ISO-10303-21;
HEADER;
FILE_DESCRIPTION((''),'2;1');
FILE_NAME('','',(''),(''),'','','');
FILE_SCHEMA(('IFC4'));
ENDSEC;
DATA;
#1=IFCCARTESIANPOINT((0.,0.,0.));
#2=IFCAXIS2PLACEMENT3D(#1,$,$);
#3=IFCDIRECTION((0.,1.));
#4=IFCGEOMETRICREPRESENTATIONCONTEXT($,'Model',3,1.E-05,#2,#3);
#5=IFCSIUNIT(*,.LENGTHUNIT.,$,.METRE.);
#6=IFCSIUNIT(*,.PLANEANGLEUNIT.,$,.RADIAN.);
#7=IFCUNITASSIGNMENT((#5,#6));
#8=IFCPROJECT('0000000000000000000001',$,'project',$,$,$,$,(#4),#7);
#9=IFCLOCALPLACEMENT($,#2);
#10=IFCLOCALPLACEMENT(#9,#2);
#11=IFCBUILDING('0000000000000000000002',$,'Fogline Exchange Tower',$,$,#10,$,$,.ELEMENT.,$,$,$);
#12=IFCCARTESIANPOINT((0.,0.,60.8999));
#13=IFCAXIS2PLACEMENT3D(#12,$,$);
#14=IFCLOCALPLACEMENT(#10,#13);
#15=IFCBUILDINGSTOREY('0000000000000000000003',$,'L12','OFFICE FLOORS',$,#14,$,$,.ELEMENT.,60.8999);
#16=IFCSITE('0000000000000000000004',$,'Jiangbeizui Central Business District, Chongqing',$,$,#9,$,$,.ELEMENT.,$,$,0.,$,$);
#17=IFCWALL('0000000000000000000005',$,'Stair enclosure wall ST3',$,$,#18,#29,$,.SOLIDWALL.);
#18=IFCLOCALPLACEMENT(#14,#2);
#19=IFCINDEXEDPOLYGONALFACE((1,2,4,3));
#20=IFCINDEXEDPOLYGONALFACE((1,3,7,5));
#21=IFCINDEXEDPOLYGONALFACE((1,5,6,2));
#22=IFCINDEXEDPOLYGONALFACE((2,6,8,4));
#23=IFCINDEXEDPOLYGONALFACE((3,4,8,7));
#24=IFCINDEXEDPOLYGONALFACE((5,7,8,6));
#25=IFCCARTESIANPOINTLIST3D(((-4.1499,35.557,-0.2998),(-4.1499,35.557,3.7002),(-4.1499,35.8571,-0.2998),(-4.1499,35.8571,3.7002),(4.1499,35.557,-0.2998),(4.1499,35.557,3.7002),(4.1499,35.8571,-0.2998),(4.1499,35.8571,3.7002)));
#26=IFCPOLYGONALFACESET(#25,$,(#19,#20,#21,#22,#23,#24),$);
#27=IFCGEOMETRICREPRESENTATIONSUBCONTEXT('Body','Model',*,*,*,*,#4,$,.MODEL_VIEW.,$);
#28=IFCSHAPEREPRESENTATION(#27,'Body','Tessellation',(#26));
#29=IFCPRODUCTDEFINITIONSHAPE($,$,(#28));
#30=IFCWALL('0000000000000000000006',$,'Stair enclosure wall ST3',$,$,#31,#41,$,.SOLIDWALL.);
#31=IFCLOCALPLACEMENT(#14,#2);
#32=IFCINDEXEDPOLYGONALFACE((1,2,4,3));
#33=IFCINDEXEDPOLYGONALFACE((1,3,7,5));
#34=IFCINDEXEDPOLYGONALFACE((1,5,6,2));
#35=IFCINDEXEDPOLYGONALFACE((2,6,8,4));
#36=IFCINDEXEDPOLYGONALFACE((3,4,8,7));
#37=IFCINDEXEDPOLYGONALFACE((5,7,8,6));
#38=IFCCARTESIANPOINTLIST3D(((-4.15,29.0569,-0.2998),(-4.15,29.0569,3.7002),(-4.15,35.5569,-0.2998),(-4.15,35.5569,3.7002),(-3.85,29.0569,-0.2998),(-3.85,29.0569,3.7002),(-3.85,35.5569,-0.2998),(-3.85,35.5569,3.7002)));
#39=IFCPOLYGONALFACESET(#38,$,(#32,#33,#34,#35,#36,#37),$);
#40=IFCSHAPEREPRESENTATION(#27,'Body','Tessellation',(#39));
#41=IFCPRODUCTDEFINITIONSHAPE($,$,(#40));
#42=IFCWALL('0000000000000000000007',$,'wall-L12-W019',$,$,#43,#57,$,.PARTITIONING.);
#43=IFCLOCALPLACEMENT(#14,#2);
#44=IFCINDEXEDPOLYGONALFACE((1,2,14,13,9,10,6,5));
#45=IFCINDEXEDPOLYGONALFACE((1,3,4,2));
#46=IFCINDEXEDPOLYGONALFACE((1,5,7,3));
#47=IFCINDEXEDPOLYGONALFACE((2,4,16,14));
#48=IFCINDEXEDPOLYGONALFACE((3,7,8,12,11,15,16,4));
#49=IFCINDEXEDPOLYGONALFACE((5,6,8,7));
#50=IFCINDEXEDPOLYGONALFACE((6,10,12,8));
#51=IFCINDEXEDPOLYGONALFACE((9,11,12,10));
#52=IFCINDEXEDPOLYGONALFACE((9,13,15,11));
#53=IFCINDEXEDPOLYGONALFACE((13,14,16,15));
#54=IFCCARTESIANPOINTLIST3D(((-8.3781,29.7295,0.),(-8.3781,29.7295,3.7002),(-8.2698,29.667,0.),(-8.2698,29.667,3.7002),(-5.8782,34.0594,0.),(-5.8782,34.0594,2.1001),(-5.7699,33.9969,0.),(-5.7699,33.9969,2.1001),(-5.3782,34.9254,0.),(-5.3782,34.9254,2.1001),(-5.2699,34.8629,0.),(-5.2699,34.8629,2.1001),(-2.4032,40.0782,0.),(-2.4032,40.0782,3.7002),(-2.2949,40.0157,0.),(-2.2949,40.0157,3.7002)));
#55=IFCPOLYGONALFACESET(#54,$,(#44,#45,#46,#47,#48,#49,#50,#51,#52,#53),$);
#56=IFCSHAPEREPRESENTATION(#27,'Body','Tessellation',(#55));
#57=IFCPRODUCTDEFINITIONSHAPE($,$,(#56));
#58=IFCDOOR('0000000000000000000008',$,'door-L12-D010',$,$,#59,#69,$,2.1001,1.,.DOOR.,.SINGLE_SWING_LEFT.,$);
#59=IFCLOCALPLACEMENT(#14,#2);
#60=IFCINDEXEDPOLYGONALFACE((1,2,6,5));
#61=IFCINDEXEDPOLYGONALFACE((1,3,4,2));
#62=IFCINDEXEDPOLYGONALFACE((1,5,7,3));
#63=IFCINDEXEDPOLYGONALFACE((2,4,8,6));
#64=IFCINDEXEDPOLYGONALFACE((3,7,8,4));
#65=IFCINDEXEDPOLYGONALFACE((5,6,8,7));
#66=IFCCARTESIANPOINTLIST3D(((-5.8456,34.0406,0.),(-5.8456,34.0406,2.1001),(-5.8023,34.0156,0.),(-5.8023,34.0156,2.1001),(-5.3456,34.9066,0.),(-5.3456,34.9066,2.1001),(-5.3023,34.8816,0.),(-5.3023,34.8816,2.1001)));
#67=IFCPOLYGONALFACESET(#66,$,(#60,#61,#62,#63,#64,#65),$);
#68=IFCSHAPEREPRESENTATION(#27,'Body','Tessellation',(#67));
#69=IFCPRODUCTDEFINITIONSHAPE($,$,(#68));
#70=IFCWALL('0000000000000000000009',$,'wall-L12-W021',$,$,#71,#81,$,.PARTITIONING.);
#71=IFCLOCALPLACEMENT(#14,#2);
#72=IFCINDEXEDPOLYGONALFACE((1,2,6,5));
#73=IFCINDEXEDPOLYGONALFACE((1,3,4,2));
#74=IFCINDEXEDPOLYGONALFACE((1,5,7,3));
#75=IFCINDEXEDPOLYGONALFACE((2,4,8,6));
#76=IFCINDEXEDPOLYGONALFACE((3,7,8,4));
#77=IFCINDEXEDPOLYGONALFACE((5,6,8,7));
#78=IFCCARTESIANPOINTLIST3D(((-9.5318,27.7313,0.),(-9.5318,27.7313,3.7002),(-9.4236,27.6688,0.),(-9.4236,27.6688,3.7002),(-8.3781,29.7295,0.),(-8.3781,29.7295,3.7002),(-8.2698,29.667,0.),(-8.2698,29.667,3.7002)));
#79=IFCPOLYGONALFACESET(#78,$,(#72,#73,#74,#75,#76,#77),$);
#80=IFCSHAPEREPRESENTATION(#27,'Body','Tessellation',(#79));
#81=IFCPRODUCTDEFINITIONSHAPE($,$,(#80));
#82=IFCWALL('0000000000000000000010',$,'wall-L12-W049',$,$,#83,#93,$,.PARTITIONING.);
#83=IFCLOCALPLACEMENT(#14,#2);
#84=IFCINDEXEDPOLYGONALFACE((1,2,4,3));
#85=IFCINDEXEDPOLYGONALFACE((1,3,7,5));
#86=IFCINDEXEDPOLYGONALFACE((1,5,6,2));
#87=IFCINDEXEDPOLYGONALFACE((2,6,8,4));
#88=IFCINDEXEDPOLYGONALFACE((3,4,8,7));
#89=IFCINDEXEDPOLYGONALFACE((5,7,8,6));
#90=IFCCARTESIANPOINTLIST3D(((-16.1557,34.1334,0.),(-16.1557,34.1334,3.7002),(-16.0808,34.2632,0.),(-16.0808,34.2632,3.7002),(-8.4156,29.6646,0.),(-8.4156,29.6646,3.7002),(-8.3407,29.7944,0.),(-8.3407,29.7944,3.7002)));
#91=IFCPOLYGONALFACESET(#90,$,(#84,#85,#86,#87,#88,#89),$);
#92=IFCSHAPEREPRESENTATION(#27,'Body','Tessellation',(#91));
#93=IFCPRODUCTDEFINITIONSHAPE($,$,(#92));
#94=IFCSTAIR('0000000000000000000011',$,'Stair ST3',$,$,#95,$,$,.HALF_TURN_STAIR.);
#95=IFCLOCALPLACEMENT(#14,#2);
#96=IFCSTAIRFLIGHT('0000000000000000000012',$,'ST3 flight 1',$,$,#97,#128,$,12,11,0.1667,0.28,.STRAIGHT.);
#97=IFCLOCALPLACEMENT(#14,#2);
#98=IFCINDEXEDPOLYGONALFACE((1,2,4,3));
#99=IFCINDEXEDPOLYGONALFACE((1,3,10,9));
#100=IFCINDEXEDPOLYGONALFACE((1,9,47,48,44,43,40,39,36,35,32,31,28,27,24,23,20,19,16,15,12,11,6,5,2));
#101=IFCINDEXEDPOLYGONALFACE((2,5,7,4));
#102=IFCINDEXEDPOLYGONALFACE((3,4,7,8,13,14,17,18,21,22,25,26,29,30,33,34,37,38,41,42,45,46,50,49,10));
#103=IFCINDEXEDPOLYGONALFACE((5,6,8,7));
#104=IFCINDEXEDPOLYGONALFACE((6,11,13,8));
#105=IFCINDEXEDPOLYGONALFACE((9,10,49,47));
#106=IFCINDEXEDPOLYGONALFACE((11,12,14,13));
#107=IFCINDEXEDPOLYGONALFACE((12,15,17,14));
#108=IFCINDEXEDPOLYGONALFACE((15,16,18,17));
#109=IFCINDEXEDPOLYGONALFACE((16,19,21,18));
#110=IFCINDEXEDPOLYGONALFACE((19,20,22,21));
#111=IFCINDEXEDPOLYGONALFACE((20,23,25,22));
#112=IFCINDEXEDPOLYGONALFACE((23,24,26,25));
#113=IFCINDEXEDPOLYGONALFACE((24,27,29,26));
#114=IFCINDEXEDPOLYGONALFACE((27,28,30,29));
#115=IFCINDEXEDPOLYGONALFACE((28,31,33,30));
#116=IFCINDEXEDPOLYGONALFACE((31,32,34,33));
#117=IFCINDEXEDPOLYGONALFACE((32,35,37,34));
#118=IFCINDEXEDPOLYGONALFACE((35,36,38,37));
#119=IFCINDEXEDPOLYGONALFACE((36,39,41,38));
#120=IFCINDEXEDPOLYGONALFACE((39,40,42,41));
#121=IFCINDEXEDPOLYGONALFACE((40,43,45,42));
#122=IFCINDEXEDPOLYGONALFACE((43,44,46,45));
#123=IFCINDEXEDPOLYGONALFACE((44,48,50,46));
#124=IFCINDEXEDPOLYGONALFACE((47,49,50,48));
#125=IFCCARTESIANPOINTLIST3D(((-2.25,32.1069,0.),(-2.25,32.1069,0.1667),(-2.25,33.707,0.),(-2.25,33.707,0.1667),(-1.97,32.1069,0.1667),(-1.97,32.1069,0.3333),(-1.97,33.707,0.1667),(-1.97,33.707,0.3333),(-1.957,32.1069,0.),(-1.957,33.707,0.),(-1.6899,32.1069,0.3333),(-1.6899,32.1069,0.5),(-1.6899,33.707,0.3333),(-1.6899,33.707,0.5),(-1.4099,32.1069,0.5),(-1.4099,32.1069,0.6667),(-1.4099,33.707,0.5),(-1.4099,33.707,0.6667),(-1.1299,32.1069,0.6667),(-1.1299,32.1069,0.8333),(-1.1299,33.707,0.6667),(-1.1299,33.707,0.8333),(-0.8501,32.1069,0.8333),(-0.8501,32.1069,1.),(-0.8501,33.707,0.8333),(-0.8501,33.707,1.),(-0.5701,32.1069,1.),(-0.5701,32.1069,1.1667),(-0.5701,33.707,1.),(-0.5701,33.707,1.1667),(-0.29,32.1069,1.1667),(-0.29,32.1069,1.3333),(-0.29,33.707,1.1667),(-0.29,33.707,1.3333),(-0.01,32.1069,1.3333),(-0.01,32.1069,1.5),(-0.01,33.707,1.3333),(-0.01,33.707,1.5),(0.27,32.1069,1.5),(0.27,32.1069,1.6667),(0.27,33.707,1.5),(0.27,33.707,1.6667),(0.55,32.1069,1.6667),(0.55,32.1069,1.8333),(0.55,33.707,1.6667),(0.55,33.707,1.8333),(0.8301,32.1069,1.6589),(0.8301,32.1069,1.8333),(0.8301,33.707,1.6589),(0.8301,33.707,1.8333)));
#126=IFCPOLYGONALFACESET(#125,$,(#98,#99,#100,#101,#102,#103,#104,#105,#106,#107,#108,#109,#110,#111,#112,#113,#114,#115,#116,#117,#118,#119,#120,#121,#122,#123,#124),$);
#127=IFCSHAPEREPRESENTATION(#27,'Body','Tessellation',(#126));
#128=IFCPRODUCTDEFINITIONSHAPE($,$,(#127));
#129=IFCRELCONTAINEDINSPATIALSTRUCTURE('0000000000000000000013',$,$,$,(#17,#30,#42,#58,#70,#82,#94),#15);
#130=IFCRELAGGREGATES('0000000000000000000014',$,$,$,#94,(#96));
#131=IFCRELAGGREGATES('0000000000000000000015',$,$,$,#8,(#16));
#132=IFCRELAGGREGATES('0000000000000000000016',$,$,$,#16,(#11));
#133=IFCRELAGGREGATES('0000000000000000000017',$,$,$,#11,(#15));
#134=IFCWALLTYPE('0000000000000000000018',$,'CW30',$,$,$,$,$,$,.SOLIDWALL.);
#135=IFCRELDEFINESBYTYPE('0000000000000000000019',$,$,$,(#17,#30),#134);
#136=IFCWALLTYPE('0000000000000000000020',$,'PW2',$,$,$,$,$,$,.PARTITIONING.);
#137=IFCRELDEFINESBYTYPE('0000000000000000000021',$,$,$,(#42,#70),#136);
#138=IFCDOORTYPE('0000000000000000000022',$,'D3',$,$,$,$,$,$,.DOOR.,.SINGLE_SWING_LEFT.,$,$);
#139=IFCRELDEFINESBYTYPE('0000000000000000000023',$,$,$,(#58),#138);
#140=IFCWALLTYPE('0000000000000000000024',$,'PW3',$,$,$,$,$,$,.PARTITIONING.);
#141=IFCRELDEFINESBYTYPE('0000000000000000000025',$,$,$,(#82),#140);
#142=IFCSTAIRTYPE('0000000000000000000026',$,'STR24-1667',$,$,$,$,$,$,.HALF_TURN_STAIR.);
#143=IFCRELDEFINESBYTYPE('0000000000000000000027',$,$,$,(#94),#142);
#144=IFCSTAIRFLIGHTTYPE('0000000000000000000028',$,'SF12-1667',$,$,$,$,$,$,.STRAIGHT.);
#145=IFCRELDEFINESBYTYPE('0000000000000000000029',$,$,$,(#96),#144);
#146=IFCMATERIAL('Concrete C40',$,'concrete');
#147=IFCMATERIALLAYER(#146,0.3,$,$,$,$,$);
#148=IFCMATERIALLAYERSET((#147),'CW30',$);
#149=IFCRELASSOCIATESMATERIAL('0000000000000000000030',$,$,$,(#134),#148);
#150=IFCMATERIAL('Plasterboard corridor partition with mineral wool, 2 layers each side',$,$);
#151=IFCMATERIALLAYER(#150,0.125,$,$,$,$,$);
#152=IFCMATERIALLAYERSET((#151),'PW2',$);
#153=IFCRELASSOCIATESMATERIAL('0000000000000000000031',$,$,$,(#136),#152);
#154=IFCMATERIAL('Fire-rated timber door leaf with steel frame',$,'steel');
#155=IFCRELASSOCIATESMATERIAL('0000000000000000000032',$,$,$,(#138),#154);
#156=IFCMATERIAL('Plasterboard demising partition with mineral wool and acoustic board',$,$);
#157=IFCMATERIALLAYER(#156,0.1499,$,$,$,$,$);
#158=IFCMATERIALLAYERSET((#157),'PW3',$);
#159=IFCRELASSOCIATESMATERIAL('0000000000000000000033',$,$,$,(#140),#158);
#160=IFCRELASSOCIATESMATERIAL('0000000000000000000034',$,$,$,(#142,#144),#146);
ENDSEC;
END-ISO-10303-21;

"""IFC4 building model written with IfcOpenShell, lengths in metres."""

from ifc_helpers import new_model, si_unit, direction, frame, frame_2d, origin, place, context, subcontext, project, spatial, polyline, rectangle, outline, extrude, material, layer, layer_set, type_object, element, fill, aggregate, save


model = new_model("IFC4")

# Units and contexts
model_context = context("Model", 3, precision=1e-05, world=origin(), true_north=direction((0.0, 1.0)))
body_context = subcontext(model_context, "Body", "Model", "MODEL_VIEW")
ifc_project = project(units=[si_unit("LENGTHUNIT", "METRE"), si_unit("PLANEANGLEUNIT", "RADIAN")], contexts=[model_context])

# Site, building, storey
site_placement = place(None, origin())
site = spatial("IfcSite", under=ifc_project, at=site_placement, Name="Jiangbeizui Central Business District, Chongqing", CompositionType="ELEMENT", RefElevation=0.0)
building_placement = place(site_placement, origin())
building = spatial("IfcBuilding", under=site, at=building_placement, Name="Fogline Exchange Tower", CompositionType="ELEMENT")
storey_placement = place(building_placement, frame((0.0, 0.0, 60.8999)))
storey = spatial("IfcBuildingStorey", under=building, at=storey_placement, Name="L12", Description="OFFICE FLOORS", CompositionType="ELEMENT", Elevation=60.8999)

# Shared definitions
ifc_material_1 = material(Name="Concrete C40", Category="concrete")

# Shared definitions
ifc_layer_1 = layer(ifc_material_1, 0.3)
ifc_layer_set_1 = layer_set([ifc_layer_1], Name="CW30")
wall_type_1 = type_object("IfcWallType", Name="CW30", PredefinedType="SOLIDWALL", material=ifc_layer_set_1)

# Walls
wall_1_placement = place(storey_placement, frame((-4.1499, 35.707, -0.2998), z_axis=(0.0, 0.0, 1.0), x_axis=(1.0, 0.0, 0.0)))
element("IfcWall", 1, at=wall_1_placement, inside=storey, type_object=wall_type_1, Name="Stair enclosure wall ST3", PredefinedType="SOLIDWALL", context=body_context, shape_type="SweptSolid", body=[
    extrude(rectangle(XDim=8.2998, YDim=0.3, at=frame_2d((4.1499, 0.0))), origin(), (0.0, 0.0, 1.0), 4.0),
])
wall_2_placement = place(storey_placement, frame((-4.0, 29.0569, -0.2998), z_axis=(0.0, 0.0, 1.0), x_axis=(0.0, 1.0, 0.0)))
element("IfcWall", 2, at=wall_2_placement, inside=storey, type_object=wall_type_1, Name="Stair enclosure wall ST3", PredefinedType="SOLIDWALL", context=body_context, shape_type="SweptSolid", body=[
    extrude(rectangle(XDim=6.5, YDim=0.3, at=frame_2d((3.25, 0.0))), origin(), (0.0, 0.0, 1.0), 4.0),
])

# Wall, opening, door
ifc_material_2 = material(Name="Plasterboard corridor partition with mineral wool, 2 layers each side")
ifc_layer_2 = layer(ifc_material_2, 0.125)
ifc_layer_set_2 = layer_set([ifc_layer_2], Name="PW2")
wall_type_2 = type_object("IfcWallType", Name="PW2", PredefinedType="PARTITIONING", material=ifc_layer_set_2)
wall_3_placement = place(storey_placement, frame((-8.324, 29.6982, 0.0), z_axis=(0.0, 0.0, 1.0), x_axis=(0.500004, 0.866023, 0.0)))
wall_3 = element("IfcWall", 3, at=wall_3_placement, inside=storey, type_object=wall_type_2, Name="wall-L12-W019", PredefinedType="PARTITIONING", context=body_context, shape_type="SweptSolid", body=[
    extrude(rectangle(XDim=11.9497, YDim=0.125, at=frame_2d((5.9749, 0.0))), origin(), (0.0, 0.0, 1.0), 3.7002),
])
opening_1_placement = place(wall_3_placement, frame((4.9998, 0.0, 0.0)))
opening_1 = element("IfcOpeningElement", 4, at=opening_1_placement, cuts=wall_3, PredefinedType="OPENING", context=body_context, shape_type="SweptSolid", body=[
    extrude(rectangle(XDim=1.0, YDim=2.1001, at=frame_2d((0.5, 1.05))), frame((0.0, 0.0725, 0.0), z_axis=(0.0, -1.0, 0.0), x_axis=(1.0, 0.0, 0.0)), (0.0, 0.0, 1.0), 0.145),
])
ifc_material_3 = material(Name="Fire-rated timber door leaf with steel frame", Category="steel")
door_type_1 = type_object("IfcDoorType", Name="D3", OperationType="SINGLE_SWING_LEFT", PredefinedType="DOOR", material=ifc_material_3)
door_1_placement = place(opening_1_placement, origin())
door_1 = element("IfcDoor", 5, at=door_1_placement, inside=storey, type_object=door_type_1, Name="door-L12-D010", OperationType="SINGLE_SWING_LEFT", OverallHeight=2.1001, OverallWidth=1.0, PredefinedType="DOOR", context=body_context, shape_type="SweptSolid", body=[
    extrude(rectangle(XDim=1.0, YDim=2.1001, at=frame_2d((0.5, 1.05))), frame((0.0, 0.0249, 0.0), z_axis=(0.0, -1.0, 0.0), x_axis=(1.0, 0.0, 0.0)), (0.0, 0.0, 1.0), 0.05),
])
fill(opening_1, door_1)

# Walls
wall_4_placement = place(storey_placement, frame((-9.4778, 27.7, 0.0), z_axis=(0.0, 0.0, 1.0), x_axis=(0.500031, 0.866008, 0.0)))
element("IfcWall", 6, at=wall_4_placement, inside=storey, type_object=wall_type_2, Name="wall-L12-W021", PredefinedType="PARTITIONING", context=body_context, shape_type="SweptSolid", body=[
    extrude(rectangle(XDim=2.3074, YDim=0.125, at=frame_2d((1.1538, 0.0))), origin(), (0.0, 0.0, 1.0), 3.7002),
])
ifc_material_4 = material(Name="Plasterboard demising partition with mineral wool and acoustic board")
ifc_layer_3 = layer(ifc_material_4, 0.1499)
ifc_layer_set_3 = layer_set([ifc_layer_3], Name="PW3")
wall_type_3 = type_object("IfcWallType", Name="PW3", PredefinedType="PARTITIONING", material=ifc_layer_set_3)
wall_5_placement = place(storey_placement, frame((-8.3782, 29.7295, 0.0), z_axis=(0.0, 0.0, 1.0), x_axis=(-0.866022, 0.500005, 0.0)))
element("IfcWall", 7, at=wall_5_placement, inside=storey, type_object=wall_type_3, Name="wall-L12-W049", PredefinedType="PARTITIONING", context=body_context, shape_type="SweptSolid", body=[
    extrude(rectangle(XDim=8.9375, YDim=0.1499, at=frame_2d((4.4688, 0.0))), origin(), (0.0, 0.0, 1.0), 3.7002),
])

# Stair, stair flight
stair_type = type_object("IfcStairType", Name="STR24-1667", PredefinedType="HALF_TURN_STAIR", material=ifc_material_1)
stair_placement = place(storey_placement, origin())
stair = element("IfcStair", 8, at=stair_placement, inside=storey, type_object=stair_type, Name="Stair ST3", PredefinedType="HALF_TURN_STAIR")
stair_flight_type = type_object("IfcStairFlightType", Name="SF12-1667", PredefinedType="STRAIGHT", material=ifc_material_1)
stair_flight_placement = place(storey_placement, frame((-2.25, 32.907, 0.0), z_axis=(0.0, 0.0, 1.0), x_axis=(1.0, 0.0, 0.0)))
stair_flight = element("IfcStairFlight", 9, at=stair_flight_placement, type_object=stair_flight_type, Name="ST3 flight 1", NumberOfRisers=12, NumberOfTreads=11, PredefinedType="STRAIGHT", RiserHeight=0.1667, TreadLength=0.28, context=body_context, shape_type="SweptSolid", body=[
    extrude(outline(polyline([(0.0, 0.0), (0.0, 0.1667), (0.28, 0.1667), (0.28, 0.3333), (0.5601, 0.3333), (0.5601, 0.5), (0.8401, 0.5), (0.8401, 0.6667), (1.1201, 0.6667), (1.1201, 0.8333), (1.3999, 0.8333), (1.3999, 1.0), (1.6799, 1.0), (1.6799, 1.1667), (1.96, 1.1667), (1.96, 1.3333), (2.24, 1.3333), (2.24, 1.5), (2.52, 1.5), (2.52, 1.6667), (2.8, 1.6667), (2.8, 1.8333), (3.0801, 1.8333), (3.0801, 2.0), (3.0801, 1.6589), (0.293, 0.0), (0.0, 0.0)])), frame((0.0, 0.8, 0.0), z_axis=(0.0, -1.0, 0.0), x_axis=(1.0, 0.0, 0.0)), (0.0, 0.0, 1.0), 1.6001),
])
aggregate(stair, [stair_flight])

save(model, "model.ifc")
